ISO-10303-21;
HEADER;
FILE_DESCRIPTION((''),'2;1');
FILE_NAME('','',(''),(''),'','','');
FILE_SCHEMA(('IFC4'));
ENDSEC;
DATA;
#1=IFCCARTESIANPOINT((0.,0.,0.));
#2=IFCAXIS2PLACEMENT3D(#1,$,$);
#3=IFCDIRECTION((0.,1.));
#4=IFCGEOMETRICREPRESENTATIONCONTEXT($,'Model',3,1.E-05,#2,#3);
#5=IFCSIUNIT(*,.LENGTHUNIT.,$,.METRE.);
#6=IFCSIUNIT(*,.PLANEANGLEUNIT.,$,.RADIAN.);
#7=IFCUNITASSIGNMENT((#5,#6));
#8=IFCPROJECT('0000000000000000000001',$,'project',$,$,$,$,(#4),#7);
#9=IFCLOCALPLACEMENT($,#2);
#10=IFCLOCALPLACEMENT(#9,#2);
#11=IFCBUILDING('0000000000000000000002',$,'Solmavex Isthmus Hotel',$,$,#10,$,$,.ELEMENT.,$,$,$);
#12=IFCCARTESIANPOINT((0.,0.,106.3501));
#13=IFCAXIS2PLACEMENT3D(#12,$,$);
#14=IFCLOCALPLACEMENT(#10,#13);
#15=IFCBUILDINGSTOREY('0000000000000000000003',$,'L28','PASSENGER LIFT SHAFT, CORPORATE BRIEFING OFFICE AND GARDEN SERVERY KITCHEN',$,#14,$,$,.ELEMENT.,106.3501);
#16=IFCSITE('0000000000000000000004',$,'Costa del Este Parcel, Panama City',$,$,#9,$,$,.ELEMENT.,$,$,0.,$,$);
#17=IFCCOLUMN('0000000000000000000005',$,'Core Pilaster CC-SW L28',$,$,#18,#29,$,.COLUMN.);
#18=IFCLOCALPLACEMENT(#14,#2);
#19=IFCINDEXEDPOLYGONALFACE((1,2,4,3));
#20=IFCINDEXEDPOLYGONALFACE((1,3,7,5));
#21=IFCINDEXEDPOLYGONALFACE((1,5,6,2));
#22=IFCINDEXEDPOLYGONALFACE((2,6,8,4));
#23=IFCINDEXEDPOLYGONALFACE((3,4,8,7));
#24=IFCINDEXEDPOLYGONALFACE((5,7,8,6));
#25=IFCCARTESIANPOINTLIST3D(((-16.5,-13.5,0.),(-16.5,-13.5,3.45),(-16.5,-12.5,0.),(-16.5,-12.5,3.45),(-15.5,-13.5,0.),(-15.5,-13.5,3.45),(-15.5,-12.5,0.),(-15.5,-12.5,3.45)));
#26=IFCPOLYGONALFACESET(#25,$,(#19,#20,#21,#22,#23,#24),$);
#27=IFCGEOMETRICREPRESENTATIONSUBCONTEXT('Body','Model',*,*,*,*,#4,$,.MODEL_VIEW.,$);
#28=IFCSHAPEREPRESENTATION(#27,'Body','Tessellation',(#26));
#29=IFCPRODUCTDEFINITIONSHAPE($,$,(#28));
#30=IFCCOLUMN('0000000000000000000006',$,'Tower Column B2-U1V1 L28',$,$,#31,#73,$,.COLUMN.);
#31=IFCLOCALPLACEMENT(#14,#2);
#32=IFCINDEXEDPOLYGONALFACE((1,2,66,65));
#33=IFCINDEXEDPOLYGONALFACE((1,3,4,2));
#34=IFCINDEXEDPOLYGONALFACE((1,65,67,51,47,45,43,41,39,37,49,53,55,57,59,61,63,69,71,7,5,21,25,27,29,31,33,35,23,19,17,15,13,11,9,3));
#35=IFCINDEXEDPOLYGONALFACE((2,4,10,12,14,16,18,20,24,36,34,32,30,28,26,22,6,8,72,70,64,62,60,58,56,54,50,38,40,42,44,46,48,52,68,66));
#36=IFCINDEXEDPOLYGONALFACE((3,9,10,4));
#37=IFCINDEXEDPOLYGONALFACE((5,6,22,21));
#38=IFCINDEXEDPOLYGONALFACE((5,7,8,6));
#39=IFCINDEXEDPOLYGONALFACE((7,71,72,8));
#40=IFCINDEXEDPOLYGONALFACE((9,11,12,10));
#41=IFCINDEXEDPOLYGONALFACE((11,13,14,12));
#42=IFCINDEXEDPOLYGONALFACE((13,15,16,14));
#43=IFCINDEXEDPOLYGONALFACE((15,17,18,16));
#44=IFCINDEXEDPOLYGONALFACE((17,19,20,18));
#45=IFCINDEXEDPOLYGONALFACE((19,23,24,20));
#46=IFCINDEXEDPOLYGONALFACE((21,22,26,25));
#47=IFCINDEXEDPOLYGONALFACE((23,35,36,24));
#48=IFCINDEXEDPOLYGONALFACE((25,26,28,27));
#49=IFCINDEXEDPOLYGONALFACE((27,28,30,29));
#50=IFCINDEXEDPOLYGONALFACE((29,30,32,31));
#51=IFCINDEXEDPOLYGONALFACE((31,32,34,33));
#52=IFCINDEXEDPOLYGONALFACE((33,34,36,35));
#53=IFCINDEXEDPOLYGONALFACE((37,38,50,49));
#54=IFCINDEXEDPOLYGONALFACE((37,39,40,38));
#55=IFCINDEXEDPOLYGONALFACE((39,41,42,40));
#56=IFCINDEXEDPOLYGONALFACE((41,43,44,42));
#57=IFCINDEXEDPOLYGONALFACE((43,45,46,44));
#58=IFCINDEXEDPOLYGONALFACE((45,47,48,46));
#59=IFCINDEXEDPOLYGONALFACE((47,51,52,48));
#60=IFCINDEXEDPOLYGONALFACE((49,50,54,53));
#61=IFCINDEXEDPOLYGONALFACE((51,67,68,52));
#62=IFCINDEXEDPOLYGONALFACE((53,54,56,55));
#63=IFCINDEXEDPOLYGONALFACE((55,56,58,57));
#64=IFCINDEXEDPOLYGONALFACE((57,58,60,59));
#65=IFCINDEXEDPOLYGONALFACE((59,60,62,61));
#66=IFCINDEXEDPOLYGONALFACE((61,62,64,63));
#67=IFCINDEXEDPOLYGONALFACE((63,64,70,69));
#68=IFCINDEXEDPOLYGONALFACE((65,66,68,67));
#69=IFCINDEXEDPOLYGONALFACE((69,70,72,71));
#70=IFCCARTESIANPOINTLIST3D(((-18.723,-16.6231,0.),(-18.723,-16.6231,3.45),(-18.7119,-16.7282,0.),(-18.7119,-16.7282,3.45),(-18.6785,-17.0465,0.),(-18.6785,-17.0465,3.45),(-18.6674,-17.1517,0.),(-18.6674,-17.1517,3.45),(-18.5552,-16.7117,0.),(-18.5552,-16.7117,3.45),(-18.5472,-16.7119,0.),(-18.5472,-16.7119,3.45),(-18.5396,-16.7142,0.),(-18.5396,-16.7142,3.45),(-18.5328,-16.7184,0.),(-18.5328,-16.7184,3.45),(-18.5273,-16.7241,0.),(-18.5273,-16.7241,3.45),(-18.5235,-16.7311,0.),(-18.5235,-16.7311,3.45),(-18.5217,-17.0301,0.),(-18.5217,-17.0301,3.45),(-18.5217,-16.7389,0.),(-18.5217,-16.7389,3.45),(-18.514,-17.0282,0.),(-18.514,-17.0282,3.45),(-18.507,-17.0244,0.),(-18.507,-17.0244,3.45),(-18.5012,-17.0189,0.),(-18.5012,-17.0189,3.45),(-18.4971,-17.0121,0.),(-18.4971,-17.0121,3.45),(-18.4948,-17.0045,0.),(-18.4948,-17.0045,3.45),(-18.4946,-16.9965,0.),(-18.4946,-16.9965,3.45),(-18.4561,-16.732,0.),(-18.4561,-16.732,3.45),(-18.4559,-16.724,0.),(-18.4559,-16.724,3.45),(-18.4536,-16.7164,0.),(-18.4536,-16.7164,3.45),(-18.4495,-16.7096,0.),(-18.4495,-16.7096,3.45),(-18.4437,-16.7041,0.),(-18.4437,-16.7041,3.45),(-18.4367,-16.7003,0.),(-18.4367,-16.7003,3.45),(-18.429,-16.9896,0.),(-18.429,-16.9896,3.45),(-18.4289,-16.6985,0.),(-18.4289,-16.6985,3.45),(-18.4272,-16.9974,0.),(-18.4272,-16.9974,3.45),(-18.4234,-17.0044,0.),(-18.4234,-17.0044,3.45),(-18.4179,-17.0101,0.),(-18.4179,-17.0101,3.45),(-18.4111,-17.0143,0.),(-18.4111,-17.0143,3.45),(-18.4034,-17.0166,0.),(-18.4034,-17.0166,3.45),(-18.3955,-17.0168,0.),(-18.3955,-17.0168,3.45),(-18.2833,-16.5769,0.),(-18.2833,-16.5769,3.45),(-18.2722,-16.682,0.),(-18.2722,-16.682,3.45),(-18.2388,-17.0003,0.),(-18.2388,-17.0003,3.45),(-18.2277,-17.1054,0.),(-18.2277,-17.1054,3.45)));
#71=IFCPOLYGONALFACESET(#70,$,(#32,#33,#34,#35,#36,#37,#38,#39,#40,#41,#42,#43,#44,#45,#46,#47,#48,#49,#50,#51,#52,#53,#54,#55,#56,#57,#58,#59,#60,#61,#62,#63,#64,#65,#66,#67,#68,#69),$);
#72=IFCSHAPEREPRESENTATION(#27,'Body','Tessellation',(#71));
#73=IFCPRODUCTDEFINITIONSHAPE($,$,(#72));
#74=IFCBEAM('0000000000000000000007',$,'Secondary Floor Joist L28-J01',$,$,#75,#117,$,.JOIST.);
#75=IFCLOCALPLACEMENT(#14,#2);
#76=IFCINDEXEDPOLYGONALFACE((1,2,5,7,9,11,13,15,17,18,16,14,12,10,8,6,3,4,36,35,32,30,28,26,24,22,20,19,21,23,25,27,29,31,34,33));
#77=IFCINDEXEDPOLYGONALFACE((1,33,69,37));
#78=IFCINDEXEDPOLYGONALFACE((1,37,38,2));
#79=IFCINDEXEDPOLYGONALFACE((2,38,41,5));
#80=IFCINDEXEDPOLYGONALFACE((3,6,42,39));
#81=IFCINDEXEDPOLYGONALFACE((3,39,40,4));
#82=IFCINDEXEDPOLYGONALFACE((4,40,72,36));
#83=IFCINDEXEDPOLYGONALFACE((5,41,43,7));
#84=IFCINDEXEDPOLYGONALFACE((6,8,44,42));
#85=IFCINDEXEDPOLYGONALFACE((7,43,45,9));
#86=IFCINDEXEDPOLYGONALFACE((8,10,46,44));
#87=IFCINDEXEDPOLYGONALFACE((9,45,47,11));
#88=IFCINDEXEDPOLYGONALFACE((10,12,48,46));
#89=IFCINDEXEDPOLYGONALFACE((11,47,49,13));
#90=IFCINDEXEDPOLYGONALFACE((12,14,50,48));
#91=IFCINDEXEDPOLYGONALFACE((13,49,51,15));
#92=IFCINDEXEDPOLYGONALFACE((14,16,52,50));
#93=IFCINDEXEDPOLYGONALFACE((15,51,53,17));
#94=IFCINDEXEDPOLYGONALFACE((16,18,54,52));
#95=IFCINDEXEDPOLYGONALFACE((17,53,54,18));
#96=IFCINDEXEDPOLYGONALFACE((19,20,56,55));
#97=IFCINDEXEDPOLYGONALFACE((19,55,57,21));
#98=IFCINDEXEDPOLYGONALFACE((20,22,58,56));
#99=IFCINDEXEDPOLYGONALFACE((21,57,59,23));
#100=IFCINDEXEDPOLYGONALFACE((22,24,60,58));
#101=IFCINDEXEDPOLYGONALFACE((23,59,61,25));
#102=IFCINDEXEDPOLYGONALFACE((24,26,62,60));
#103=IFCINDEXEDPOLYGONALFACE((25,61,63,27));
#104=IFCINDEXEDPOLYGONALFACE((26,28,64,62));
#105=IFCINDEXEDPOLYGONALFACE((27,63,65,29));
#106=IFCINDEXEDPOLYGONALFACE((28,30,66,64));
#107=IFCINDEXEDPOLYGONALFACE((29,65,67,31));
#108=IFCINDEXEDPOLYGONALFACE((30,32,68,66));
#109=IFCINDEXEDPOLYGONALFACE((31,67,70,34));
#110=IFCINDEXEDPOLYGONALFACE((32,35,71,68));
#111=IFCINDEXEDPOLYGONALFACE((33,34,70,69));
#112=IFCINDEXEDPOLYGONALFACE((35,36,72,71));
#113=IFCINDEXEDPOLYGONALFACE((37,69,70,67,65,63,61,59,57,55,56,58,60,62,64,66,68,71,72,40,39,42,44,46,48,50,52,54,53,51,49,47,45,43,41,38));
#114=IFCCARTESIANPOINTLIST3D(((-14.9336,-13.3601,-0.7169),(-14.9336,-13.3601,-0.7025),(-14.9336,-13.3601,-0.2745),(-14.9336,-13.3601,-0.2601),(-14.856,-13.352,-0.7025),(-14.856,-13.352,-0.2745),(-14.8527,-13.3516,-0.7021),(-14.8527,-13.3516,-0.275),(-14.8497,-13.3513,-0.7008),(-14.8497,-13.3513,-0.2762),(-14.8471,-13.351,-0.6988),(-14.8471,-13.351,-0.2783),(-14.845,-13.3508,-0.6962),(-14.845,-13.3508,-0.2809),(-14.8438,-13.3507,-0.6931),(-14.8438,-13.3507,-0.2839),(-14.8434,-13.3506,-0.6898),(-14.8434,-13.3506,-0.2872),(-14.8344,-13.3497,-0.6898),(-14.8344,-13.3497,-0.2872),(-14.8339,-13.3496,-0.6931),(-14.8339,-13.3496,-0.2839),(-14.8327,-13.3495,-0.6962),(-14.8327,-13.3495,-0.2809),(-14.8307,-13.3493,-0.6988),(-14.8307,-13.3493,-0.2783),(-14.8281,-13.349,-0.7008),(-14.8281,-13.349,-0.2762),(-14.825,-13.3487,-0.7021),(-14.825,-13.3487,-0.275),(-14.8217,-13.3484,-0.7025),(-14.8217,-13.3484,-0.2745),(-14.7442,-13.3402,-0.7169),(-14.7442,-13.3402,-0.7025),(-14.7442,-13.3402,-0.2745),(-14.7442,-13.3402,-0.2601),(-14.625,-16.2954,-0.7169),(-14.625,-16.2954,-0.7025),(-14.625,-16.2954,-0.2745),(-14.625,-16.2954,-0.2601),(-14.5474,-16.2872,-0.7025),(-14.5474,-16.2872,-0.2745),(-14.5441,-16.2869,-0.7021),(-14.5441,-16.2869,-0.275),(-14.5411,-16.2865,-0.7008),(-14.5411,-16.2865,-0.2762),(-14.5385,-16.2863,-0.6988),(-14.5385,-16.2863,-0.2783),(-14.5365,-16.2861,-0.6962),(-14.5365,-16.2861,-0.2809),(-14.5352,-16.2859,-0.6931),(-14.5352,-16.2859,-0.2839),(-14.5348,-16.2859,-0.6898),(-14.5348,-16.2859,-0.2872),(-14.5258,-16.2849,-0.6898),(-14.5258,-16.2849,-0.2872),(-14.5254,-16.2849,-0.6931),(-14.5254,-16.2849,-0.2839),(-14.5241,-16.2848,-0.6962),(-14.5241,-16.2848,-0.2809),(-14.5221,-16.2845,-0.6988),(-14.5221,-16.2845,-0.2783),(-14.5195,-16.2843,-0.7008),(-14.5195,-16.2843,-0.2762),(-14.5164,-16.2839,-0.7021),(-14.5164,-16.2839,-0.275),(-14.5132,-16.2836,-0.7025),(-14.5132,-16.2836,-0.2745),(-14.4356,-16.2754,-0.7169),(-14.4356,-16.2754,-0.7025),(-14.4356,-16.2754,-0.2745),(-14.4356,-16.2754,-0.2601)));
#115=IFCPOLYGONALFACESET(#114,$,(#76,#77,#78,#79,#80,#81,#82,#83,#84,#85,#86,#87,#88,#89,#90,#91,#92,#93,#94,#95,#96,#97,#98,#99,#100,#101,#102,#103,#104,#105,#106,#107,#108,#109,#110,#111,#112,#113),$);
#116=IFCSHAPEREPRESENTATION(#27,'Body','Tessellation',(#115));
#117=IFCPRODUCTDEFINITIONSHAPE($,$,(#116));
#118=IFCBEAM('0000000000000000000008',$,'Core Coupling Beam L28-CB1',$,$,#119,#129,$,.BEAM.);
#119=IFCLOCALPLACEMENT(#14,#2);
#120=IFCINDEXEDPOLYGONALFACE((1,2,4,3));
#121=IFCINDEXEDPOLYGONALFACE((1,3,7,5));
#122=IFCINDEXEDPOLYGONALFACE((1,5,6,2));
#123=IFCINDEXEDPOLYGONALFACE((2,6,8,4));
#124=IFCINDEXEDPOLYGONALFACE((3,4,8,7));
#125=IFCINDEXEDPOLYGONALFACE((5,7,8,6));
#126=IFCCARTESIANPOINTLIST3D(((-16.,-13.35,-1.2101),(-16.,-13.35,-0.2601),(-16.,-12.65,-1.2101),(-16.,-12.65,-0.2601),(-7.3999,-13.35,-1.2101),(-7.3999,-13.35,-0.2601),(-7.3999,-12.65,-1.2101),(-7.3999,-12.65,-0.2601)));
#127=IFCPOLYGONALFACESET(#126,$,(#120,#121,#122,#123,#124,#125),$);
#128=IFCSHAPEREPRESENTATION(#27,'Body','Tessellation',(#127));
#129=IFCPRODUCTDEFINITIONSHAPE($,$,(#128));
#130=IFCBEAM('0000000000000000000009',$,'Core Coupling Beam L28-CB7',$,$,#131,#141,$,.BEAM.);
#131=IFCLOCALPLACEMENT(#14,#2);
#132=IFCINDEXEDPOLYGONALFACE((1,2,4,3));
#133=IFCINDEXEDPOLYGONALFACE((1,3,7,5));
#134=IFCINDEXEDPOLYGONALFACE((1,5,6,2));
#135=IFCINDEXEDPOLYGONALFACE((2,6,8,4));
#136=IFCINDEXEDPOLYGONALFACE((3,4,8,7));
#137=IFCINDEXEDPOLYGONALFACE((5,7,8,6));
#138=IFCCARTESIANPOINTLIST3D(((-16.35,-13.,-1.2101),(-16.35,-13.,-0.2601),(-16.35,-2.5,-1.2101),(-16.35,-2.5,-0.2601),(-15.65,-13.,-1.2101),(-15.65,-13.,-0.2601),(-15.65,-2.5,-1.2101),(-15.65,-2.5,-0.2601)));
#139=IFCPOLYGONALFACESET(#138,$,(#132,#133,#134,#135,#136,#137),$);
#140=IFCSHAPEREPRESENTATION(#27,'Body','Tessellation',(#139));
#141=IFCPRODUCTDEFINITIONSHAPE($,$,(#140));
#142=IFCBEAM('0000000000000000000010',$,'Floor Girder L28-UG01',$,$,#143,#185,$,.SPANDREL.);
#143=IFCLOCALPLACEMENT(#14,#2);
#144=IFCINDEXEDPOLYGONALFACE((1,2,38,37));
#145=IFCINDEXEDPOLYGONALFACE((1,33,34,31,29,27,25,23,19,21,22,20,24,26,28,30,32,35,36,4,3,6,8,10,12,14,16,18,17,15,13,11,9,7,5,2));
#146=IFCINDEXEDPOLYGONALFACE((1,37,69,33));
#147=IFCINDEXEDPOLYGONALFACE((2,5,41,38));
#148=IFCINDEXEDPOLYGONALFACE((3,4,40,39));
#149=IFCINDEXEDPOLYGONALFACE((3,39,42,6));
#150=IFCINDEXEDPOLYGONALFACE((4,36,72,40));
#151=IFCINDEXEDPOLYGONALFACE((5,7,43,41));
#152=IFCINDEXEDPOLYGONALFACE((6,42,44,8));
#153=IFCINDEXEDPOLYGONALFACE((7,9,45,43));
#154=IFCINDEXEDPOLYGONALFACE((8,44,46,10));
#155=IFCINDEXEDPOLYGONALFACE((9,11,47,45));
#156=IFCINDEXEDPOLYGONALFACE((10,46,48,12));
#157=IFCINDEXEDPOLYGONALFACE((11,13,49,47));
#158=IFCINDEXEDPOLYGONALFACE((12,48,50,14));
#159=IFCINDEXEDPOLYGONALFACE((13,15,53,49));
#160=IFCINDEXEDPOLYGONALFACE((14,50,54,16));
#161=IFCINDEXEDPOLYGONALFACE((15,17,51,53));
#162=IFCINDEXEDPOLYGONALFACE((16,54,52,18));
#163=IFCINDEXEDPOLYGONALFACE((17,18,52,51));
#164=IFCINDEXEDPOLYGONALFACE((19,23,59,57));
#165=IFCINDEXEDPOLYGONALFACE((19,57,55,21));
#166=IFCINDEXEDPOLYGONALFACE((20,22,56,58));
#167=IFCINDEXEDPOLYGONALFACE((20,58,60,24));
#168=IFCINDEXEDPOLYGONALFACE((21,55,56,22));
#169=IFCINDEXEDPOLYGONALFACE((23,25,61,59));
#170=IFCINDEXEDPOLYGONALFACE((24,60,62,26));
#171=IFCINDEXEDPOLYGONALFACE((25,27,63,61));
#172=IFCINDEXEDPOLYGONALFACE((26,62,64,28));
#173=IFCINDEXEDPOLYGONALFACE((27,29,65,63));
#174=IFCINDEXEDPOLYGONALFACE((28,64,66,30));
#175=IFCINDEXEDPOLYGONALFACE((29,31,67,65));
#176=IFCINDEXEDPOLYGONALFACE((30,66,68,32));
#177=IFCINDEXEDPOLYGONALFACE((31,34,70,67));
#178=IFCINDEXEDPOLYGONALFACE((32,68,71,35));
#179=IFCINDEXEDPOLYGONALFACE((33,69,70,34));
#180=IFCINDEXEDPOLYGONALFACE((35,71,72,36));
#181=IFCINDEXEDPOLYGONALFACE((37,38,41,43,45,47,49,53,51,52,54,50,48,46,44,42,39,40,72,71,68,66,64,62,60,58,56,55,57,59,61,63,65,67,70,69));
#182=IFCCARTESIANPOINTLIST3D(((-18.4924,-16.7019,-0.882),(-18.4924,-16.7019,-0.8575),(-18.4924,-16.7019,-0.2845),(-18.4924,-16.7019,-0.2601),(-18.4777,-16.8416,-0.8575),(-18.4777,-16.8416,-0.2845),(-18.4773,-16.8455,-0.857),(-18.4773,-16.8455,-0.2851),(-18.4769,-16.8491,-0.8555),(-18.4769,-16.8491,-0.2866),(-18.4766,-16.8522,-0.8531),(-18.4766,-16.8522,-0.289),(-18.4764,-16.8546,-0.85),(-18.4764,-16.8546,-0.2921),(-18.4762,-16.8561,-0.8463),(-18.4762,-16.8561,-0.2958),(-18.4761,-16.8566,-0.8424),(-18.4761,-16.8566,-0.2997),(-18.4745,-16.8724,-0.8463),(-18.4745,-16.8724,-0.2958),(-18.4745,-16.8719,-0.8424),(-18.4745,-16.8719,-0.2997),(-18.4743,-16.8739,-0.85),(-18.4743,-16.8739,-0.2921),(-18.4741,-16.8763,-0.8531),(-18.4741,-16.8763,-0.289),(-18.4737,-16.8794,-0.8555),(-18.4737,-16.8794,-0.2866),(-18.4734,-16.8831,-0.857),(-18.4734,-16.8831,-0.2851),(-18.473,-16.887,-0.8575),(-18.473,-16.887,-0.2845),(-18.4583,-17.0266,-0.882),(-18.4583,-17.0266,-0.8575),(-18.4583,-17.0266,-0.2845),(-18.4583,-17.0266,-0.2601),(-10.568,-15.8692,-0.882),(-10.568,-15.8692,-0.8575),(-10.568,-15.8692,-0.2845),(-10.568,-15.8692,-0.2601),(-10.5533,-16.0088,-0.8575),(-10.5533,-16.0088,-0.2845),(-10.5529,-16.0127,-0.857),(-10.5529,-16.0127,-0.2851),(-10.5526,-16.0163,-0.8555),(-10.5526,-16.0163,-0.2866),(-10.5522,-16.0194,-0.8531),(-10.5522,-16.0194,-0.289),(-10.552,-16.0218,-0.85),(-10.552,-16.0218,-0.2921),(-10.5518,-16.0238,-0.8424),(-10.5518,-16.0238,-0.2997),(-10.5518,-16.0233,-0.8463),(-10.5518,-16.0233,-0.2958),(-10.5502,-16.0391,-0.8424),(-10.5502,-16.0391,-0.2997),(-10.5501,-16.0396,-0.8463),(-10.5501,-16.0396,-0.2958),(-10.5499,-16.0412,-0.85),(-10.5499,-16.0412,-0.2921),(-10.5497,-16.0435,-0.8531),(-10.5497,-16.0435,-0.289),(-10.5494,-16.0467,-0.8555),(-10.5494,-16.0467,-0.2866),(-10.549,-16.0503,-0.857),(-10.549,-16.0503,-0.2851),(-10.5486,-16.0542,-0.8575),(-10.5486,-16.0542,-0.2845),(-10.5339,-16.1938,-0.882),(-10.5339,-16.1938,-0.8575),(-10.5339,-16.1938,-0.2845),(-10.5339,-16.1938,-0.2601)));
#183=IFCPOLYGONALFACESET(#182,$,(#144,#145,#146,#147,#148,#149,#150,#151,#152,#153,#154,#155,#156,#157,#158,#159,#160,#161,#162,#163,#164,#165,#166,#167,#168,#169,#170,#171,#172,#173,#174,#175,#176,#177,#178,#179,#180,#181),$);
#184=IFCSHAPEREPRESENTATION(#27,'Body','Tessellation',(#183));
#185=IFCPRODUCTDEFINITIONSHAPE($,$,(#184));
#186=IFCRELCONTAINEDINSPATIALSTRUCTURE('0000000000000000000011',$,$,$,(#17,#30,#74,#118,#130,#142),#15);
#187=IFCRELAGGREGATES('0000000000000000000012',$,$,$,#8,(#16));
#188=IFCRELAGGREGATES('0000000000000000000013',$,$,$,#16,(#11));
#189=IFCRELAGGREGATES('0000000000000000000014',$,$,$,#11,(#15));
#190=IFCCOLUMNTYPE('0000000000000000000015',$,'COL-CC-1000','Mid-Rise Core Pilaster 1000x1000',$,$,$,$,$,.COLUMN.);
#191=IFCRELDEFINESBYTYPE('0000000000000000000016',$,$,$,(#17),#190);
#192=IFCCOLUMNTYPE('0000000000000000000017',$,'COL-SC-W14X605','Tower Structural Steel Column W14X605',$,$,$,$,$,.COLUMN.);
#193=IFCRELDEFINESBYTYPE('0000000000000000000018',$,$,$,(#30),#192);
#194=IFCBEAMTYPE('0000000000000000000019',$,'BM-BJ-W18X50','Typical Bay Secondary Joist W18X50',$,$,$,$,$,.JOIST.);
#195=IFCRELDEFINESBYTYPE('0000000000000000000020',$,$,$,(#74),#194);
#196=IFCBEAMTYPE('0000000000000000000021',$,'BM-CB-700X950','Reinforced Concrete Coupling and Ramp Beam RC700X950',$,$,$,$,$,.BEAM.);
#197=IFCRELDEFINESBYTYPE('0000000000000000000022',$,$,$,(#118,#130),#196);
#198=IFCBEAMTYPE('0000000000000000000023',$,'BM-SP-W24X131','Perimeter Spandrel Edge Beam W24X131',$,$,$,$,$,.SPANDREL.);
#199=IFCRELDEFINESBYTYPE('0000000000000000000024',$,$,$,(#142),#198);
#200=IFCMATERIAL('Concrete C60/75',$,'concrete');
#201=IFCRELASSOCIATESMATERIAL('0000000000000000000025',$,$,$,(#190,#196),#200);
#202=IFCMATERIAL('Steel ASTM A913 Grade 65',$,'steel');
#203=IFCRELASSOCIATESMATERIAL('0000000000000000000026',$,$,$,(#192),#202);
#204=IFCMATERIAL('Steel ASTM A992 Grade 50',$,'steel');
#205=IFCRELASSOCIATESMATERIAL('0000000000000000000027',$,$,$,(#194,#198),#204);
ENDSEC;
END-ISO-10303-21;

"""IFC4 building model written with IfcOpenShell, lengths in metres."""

from ifc_helpers import new_model, si_unit, direction, frame, origin, origin_2d, place, context, subcontext, project, spatial, rectangle, i_section, extrude, material, material_profile, profile_set, type_object, element, save


model = new_model("IFC4")

# Units and contexts
model_context = context("Model", 3, precision=1e-05, world=origin(), true_north=direction((0.0, 1.0)))
body_context = subcontext(model_context, "Body", "Model", "MODEL_VIEW")
ifc_project = project(units=[si_unit("LENGTHUNIT", "METRE"), si_unit("PLANEANGLEUNIT", "RADIAN")], contexts=[model_context])

# Site, building, storey
site_placement = place(None, origin())
site = spatial("IfcSite", under=ifc_project, at=site_placement, Name="Costa del Este Parcel, Panama City", CompositionType="ELEMENT", RefElevation=0.0)
building_placement = place(site_placement, origin())
building = spatial("IfcBuilding", under=site, at=building_placement, Name="Solmavex Isthmus Hotel", CompositionType="ELEMENT")
storey_placement = place(building_placement, frame((0.0, 0.0, 106.3501)))
storey = spatial("IfcBuildingStorey", under=building, at=storey_placement, Name="L28", Description="PASSENGER LIFT SHAFT, CORPORATE BRIEFING OFFICE AND GARDEN SERVERY KITCHEN", CompositionType="ELEMENT", Elevation=106.3501)

# Columns
ifc_material_1 = material(Name="Concrete C60/75", Category="concrete")
ifc_material_profile_1 = material_profile(ifc_material_1, rectangle(XDim=1.0, YDim=1.0, at=origin_2d()), Name="RC1000X1000")
ifc_profile_set_1 = profile_set([ifc_material_profile_1], Name="Concrete C60/75")
column_type_1 = type_object("IfcColumnType", Name="COL-CC-1000", Description="Mid-Rise Core Pilaster 1000x1000", PredefinedType="COLUMN", material=ifc_profile_set_1)
column_1_placement = place(storey_placement, frame((-16.0, -13.0, 0.0), z_axis=(0.0, 0.0, 1.0), x_axis=(1.0, 0.0, 0.0)))
element("IfcColumn", 1, at=column_1_placement, inside=storey, type_object=column_type_1, Name="Core Pilaster CC-SW L28", PredefinedType="COLUMN", context=body_context, shape_type="SweptSolid", body=[
    extrude(rectangle(XDim=1.0, YDim=1.0, at=origin_2d()), origin(), (0.0, 0.0, 1.0), 3.45),
])
ifc_material_2 = material(Name="Steel ASTM A913 Grade 65", Category="steel")
ifc_material_profile_2 = material_profile(ifc_material_2, i_section(OverallWidth=0.4421, OverallDepth=0.5315, WebThickness=0.0659, FlangeThickness=0.1057, FilletRadius=0.0305, at=origin_2d()), Name="W14X605")
ifc_profile_set_2 = profile_set([ifc_material_profile_2], Name="Steel ASTM A913 Grade 65")
column_type_2 = type_object("IfcColumnType", Name="COL-SC-W14X605", Description="Tower Structural Steel Column W14X605", PredefinedType="COLUMN", material=ifc_profile_set_2)
column_2_placement = place(storey_placement, frame((-18.4753, -16.8643, 0.0), z_axis=(0.0, 0.0, 1.0), x_axis=(0.994522, 0.104528, 0.0)))
element("IfcColumn", 2, at=column_2_placement, inside=storey, type_object=column_type_2, Name="Tower Column B2-U1V1 L28", PredefinedType="COLUMN", context=body_context, shape_type="SweptSolid", body=[
    extrude(i_section(OverallWidth=0.4421, OverallDepth=0.5315, WebThickness=0.0659, FlangeThickness=0.1057, FilletRadius=0.0305, at=origin_2d()), origin(), (0.0, 0.0, 1.0), 3.45),
])

# Beams
ifc_material_3 = material(Name="Steel ASTM A992 Grade 50", Category="steel")
ifc_material_profile_3 = material_profile(ifc_material_3, i_section(OverallWidth=0.1904, OverallDepth=0.4568, WebThickness=0.009, FlangeThickness=0.0144, FilletRadius=0.0127, at=origin_2d()), Name="W18X50")
ifc_profile_set_3 = profile_set([ifc_material_profile_3], Name="Steel ASTM A992 Grade 50")
beam_type_1 = type_object("IfcBeamType", Name="BM-BJ-W18X50", Description="Typical Bay Secondary Joist W18X50", PredefinedType="JOIST", material=ifc_profile_set_3)
beam_1_placement = place(storey_placement, frame((-14.5303, -16.2854, -0.4885), z_axis=(-0.104556, 0.994519, 0.0), x_axis=(-0.994519, -0.104556, 0.0)))
element("IfcBeam", 3, at=beam_1_placement, inside=storey, type_object=beam_type_1, Name="Secondary Floor Joist L28-J01", PredefinedType="JOIST", context=body_context, shape_type="SweptSolid", body=[
    extrude(i_section(OverallWidth=0.1904, OverallDepth=0.4568, WebThickness=0.009, FlangeThickness=0.0144, FilletRadius=0.0127, at=origin_2d()), origin(), (0.0, 0.0, 1.0), 2.9514),
])
ifc_material_profile_4 = material_profile(ifc_material_1, rectangle(XDim=0.7, YDim=0.95, at=origin_2d()), Name="RC700X950")
ifc_profile_set_4 = profile_set([ifc_material_profile_4], Name="Concrete C60/75")
beam_type_2 = type_object("IfcBeamType", Name="BM-CB-700X950", Description="Reinforced Concrete Coupling and Ramp Beam RC700X950", PredefinedType="BEAM", material=ifc_profile_set_4)
beam_2_placement = place(storey_placement, frame((-16.0, -13.0, -0.7351), z_axis=(1.0, 0.0, 0.0), x_axis=(0.0, 1.0, 0.0)))
element("IfcBeam", 4, at=beam_2_placement, inside=storey, type_object=beam_type_2, Name="Core Coupling Beam L28-CB1", PredefinedType="BEAM", context=body_context, shape_type="SweptSolid", body=[
    extrude(rectangle(XDim=0.7, YDim=0.95, at=origin_2d()), origin(), (0.0, 0.0, 1.0), 8.6001),
])
beam_3_placement = place(storey_placement, frame((-16.0, -13.0, -0.7351), z_axis=(0.0, 1.0, 0.0), x_axis=(-1.0, 0.0, 0.0)))
element("IfcBeam", 5, at=beam_3_placement, inside=storey, type_object=beam_type_2, Name="Core Coupling Beam L28-CB7", PredefinedType="BEAM", context=body_context, shape_type="SweptSolid", body=[
    extrude(rectangle(XDim=0.7, YDim=0.95, at=origin_2d()), origin(), (0.0, 0.0, 1.0), 10.5),
])
ifc_material_profile_5 = material_profile(ifc_material_3, i_section(OverallWidth=0.3264, OverallDepth=0.6218, WebThickness=0.0154, FlangeThickness=0.0244, FilletRadius=0.0151, at=origin_2d()), Name="W24X131")
ifc_profile_set_5 = profile_set([ifc_material_profile_5], Name="Steel ASTM A992 Grade 50")
beam_type_3 = type_object("IfcBeamType", Name="BM-SP-W24X131", Description="Perimeter Spandrel Edge Beam W24X131", PredefinedType="SPANDREL", material=ifc_profile_set_5)
beam_4_placement = place(storey_placement, frame((-18.4753, -16.8643, -0.571), z_axis=(0.994523, 0.104514, 0.0), x_axis=(-0.104514, 0.994523, 0.0)))
element("IfcBeam", 6, at=beam_4_placement, inside=storey, type_object=beam_type_3, Name="Floor Girder L28-UG01", PredefinedType="SPANDREL", context=body_context, shape_type="SweptSolid", body=[
    extrude(i_section(OverallWidth=0.3264, OverallDepth=0.6218, WebThickness=0.0154, FlangeThickness=0.0244, FilletRadius=0.0151, at=origin_2d()), origin(), (0.0, 0.0, 1.0), 7.968),
])

save(model, "model.ifc")
